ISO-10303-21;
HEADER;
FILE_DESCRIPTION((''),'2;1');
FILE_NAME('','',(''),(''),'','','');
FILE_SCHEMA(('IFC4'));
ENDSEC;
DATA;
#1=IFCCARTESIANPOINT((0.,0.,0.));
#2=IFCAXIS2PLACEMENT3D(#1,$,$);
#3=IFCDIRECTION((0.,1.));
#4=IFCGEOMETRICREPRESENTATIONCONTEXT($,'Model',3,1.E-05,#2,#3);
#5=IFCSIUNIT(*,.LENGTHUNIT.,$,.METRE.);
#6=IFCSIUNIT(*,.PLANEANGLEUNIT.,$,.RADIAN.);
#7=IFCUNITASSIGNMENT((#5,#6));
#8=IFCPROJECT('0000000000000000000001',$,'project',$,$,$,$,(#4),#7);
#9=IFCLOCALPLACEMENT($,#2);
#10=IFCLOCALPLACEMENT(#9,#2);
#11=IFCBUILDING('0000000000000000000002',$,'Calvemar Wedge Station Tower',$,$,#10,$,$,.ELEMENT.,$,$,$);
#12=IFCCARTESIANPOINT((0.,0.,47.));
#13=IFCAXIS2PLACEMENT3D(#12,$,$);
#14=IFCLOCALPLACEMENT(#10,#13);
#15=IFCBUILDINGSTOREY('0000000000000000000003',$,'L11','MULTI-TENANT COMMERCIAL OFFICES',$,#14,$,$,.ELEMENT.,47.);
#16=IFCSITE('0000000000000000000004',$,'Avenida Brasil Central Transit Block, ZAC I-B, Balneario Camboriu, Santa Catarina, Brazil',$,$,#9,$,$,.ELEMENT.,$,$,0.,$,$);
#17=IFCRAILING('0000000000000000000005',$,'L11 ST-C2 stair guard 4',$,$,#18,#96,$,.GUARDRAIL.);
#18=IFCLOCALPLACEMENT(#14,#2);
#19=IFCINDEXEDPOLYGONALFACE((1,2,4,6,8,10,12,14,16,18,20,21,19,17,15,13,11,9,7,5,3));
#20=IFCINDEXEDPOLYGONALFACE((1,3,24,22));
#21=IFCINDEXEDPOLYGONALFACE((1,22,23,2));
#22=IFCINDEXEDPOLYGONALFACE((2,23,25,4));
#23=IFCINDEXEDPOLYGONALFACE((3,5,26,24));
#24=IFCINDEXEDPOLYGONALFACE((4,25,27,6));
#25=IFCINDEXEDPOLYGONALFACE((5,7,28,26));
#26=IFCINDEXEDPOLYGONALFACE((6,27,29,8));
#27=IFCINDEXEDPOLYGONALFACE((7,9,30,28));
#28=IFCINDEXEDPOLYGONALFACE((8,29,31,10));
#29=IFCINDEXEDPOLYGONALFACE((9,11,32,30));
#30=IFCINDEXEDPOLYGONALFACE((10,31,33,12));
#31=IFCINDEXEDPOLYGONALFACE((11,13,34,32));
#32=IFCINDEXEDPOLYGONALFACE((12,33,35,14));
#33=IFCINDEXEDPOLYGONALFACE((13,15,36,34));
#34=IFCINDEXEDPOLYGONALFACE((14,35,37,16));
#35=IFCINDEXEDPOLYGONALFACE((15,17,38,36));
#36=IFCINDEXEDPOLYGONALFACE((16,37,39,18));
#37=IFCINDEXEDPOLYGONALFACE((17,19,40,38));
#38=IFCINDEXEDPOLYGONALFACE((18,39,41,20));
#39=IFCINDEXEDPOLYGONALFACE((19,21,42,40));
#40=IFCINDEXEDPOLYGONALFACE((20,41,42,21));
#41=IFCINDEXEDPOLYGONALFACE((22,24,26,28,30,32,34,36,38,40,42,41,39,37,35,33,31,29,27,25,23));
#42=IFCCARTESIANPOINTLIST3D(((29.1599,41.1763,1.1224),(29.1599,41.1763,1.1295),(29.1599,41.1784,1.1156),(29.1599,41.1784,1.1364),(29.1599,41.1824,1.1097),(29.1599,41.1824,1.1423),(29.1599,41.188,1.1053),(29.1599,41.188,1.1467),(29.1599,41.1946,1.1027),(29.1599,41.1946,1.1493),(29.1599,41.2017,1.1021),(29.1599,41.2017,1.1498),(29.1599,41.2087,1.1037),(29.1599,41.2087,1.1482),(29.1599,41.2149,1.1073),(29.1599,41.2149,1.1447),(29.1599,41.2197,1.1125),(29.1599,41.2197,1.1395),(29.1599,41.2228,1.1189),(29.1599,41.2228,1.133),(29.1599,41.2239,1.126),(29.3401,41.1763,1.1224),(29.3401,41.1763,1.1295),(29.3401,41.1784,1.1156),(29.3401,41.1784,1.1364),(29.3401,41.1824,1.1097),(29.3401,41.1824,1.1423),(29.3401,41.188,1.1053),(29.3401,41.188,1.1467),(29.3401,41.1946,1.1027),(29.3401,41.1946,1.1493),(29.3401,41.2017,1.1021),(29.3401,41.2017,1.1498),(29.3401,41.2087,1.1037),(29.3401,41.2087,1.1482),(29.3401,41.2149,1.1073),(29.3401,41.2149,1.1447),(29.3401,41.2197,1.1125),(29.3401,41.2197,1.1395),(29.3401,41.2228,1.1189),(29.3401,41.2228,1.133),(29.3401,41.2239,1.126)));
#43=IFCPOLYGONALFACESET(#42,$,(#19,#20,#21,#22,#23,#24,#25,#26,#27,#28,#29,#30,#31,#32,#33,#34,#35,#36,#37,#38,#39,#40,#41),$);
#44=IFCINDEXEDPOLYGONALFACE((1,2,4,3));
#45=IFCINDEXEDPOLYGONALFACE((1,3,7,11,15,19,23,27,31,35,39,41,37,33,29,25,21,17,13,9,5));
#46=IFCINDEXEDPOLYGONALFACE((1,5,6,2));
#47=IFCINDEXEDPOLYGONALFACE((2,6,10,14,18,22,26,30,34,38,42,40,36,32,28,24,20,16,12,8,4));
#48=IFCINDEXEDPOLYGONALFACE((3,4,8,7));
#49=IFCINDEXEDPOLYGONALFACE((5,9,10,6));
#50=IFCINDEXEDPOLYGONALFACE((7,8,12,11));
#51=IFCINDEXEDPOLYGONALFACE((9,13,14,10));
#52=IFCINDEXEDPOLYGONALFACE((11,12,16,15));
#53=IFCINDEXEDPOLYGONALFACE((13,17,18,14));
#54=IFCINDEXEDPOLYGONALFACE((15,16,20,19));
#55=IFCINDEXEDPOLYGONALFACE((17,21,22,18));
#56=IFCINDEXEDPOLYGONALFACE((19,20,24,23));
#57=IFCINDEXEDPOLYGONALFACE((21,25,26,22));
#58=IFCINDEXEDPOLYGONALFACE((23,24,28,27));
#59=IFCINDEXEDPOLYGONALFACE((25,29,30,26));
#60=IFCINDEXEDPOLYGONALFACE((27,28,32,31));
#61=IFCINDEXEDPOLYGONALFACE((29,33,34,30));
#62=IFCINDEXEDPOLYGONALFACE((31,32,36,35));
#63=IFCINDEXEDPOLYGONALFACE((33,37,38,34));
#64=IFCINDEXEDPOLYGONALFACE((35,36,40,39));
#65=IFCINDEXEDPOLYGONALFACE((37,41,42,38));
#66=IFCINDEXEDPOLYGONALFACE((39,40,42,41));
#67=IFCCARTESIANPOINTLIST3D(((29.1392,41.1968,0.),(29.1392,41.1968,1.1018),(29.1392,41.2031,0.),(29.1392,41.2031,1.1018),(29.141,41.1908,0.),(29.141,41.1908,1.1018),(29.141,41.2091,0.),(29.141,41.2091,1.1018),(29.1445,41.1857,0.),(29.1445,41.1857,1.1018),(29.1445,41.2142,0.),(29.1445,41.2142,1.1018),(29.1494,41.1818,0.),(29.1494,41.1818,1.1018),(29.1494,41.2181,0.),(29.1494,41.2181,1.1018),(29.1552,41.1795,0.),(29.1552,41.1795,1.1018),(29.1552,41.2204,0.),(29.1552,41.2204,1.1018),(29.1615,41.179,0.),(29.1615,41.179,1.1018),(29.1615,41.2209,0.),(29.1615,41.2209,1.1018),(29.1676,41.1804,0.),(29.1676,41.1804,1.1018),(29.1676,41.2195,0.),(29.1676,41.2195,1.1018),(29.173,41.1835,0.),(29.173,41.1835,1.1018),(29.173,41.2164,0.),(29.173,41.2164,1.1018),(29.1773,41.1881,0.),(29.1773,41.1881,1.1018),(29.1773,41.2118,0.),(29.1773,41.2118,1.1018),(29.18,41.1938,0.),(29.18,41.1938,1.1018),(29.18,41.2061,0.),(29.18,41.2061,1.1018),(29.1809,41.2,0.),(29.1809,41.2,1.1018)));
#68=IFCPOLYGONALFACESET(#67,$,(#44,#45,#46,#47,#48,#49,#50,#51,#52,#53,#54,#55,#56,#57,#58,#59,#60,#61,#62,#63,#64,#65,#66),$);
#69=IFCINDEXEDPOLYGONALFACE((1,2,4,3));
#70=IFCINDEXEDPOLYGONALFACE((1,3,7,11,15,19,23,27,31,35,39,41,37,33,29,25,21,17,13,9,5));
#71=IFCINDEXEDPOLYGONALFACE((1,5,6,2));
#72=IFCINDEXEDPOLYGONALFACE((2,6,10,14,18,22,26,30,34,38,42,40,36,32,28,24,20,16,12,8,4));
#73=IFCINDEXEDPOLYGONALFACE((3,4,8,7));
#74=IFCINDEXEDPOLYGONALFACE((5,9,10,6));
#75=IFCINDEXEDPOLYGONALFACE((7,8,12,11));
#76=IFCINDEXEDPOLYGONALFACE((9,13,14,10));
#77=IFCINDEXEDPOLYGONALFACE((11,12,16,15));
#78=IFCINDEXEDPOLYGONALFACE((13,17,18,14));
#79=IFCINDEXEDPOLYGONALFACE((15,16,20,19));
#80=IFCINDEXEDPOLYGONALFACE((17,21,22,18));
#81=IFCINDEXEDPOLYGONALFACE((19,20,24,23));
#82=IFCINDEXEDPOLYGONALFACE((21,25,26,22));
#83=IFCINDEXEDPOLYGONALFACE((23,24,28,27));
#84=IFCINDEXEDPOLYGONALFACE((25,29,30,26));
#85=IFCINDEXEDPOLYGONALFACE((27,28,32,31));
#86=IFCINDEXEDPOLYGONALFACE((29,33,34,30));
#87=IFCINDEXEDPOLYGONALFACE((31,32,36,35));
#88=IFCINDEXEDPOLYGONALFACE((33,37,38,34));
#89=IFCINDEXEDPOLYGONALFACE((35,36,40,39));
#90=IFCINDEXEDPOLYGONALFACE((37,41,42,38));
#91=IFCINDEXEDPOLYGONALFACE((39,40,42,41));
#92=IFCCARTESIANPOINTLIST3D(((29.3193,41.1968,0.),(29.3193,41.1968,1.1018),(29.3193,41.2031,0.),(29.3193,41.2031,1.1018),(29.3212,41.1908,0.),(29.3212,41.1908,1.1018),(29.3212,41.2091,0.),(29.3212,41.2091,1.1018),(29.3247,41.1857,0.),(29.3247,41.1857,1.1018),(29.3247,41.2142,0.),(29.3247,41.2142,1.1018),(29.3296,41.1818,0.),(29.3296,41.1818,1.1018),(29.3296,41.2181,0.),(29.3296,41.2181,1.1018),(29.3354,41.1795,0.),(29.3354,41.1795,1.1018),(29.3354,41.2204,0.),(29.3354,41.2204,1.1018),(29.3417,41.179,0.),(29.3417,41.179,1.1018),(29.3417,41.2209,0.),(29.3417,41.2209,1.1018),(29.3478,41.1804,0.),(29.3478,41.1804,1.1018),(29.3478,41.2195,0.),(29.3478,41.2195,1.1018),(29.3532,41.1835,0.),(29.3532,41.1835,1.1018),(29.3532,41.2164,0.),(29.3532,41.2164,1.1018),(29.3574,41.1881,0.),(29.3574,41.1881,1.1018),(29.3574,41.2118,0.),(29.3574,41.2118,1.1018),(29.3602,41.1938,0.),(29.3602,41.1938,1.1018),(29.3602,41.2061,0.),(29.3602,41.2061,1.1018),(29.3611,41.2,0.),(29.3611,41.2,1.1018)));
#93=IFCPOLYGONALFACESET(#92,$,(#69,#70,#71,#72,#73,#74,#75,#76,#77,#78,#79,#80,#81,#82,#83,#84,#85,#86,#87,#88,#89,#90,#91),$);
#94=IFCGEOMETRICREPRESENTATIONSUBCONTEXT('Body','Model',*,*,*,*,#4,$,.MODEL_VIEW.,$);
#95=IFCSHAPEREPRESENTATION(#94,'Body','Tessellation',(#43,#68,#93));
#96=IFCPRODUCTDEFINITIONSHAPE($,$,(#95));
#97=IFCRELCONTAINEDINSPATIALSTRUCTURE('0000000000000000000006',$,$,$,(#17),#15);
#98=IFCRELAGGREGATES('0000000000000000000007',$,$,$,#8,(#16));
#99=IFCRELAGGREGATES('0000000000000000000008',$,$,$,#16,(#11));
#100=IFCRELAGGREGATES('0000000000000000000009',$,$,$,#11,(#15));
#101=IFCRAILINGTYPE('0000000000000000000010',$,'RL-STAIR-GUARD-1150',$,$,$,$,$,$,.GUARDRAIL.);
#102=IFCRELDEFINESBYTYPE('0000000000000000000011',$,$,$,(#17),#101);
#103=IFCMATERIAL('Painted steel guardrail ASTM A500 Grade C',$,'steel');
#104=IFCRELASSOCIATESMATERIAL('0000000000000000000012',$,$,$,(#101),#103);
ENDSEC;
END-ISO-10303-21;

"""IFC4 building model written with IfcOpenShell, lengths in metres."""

from ifc_helpers import new_model, si_unit, direction, frame, origin, origin_2d, place, context, subcontext, project, spatial, circle, extrude, material, type_object, element, save


model = new_model("IFC4")

# Units and contexts
model_context = context("Model", 3, precision=1e-05, world=origin(), true_north=direction((0.0, 1.0)))
body_context = subcontext(model_context, "Body", "Model", "MODEL_VIEW")
ifc_project = project(units=[si_unit("LENGTHUNIT", "METRE"), si_unit("PLANEANGLEUNIT", "RADIAN")], contexts=[model_context])

# Site, building, storey
site_placement = place(None, origin())
site = spatial("IfcSite", under=ifc_project, at=site_placement, Name="Avenida Brasil Central Transit Block, ZAC I-B, Balneario Camboriu, Santa Catarina, Brazil", CompositionType="ELEMENT", RefElevation=0.0)
building_placement = place(site_placement, origin())
building = spatial("IfcBuilding", under=site, at=building_placement, Name="Calvemar Wedge Station Tower", CompositionType="ELEMENT")
storey_placement = place(building_placement, frame((0.0, 0.0, 47.0)))
storey = spatial("IfcBuildingStorey", under=building, at=storey_placement, Name="L11", Description="MULTI-TENANT COMMERCIAL OFFICES", CompositionType="ELEMENT", Elevation=47.0)

# Railing
ifc_material_1 = material(Name="Painted steel guardrail ASTM A500 Grade C", Category="steel")
railing_type_1 = type_object("IfcRailingType", Name="RL-STAIR-GUARD-1150", PredefinedType="GUARDRAIL", material=ifc_material_1)
railing_1_placement = place(storey_placement, frame((29.1599, 41.2, 0.0)))
element("IfcRailing", 1, at=railing_1_placement, inside=storey, type_object=railing_type_1, Name="L11 ST-C2 stair guard 4", PredefinedType="GUARDRAIL", context=body_context, shape_type="SweptSolid", body=[
    extrude(circle(Radius=0.0239, at=origin_2d()), frame((0.0, 0.0, 1.126), z_axis=(1.0, 0.0, 0.0), x_axis=(0.0, 1.0, 0.0)), (0.0, 0.0, 1.0), 0.1802),
    extrude(circle(Radius=0.021, at=origin_2d()), origin(), (0.0, 0.0, 1.0), 1.1018),
    extrude(circle(Radius=0.021, at=origin_2d()), frame((0.1802, 0.0, 0.0)), (0.0, 0.0, 1.0), 1.1018),
])

save(model, "model.ifc")
